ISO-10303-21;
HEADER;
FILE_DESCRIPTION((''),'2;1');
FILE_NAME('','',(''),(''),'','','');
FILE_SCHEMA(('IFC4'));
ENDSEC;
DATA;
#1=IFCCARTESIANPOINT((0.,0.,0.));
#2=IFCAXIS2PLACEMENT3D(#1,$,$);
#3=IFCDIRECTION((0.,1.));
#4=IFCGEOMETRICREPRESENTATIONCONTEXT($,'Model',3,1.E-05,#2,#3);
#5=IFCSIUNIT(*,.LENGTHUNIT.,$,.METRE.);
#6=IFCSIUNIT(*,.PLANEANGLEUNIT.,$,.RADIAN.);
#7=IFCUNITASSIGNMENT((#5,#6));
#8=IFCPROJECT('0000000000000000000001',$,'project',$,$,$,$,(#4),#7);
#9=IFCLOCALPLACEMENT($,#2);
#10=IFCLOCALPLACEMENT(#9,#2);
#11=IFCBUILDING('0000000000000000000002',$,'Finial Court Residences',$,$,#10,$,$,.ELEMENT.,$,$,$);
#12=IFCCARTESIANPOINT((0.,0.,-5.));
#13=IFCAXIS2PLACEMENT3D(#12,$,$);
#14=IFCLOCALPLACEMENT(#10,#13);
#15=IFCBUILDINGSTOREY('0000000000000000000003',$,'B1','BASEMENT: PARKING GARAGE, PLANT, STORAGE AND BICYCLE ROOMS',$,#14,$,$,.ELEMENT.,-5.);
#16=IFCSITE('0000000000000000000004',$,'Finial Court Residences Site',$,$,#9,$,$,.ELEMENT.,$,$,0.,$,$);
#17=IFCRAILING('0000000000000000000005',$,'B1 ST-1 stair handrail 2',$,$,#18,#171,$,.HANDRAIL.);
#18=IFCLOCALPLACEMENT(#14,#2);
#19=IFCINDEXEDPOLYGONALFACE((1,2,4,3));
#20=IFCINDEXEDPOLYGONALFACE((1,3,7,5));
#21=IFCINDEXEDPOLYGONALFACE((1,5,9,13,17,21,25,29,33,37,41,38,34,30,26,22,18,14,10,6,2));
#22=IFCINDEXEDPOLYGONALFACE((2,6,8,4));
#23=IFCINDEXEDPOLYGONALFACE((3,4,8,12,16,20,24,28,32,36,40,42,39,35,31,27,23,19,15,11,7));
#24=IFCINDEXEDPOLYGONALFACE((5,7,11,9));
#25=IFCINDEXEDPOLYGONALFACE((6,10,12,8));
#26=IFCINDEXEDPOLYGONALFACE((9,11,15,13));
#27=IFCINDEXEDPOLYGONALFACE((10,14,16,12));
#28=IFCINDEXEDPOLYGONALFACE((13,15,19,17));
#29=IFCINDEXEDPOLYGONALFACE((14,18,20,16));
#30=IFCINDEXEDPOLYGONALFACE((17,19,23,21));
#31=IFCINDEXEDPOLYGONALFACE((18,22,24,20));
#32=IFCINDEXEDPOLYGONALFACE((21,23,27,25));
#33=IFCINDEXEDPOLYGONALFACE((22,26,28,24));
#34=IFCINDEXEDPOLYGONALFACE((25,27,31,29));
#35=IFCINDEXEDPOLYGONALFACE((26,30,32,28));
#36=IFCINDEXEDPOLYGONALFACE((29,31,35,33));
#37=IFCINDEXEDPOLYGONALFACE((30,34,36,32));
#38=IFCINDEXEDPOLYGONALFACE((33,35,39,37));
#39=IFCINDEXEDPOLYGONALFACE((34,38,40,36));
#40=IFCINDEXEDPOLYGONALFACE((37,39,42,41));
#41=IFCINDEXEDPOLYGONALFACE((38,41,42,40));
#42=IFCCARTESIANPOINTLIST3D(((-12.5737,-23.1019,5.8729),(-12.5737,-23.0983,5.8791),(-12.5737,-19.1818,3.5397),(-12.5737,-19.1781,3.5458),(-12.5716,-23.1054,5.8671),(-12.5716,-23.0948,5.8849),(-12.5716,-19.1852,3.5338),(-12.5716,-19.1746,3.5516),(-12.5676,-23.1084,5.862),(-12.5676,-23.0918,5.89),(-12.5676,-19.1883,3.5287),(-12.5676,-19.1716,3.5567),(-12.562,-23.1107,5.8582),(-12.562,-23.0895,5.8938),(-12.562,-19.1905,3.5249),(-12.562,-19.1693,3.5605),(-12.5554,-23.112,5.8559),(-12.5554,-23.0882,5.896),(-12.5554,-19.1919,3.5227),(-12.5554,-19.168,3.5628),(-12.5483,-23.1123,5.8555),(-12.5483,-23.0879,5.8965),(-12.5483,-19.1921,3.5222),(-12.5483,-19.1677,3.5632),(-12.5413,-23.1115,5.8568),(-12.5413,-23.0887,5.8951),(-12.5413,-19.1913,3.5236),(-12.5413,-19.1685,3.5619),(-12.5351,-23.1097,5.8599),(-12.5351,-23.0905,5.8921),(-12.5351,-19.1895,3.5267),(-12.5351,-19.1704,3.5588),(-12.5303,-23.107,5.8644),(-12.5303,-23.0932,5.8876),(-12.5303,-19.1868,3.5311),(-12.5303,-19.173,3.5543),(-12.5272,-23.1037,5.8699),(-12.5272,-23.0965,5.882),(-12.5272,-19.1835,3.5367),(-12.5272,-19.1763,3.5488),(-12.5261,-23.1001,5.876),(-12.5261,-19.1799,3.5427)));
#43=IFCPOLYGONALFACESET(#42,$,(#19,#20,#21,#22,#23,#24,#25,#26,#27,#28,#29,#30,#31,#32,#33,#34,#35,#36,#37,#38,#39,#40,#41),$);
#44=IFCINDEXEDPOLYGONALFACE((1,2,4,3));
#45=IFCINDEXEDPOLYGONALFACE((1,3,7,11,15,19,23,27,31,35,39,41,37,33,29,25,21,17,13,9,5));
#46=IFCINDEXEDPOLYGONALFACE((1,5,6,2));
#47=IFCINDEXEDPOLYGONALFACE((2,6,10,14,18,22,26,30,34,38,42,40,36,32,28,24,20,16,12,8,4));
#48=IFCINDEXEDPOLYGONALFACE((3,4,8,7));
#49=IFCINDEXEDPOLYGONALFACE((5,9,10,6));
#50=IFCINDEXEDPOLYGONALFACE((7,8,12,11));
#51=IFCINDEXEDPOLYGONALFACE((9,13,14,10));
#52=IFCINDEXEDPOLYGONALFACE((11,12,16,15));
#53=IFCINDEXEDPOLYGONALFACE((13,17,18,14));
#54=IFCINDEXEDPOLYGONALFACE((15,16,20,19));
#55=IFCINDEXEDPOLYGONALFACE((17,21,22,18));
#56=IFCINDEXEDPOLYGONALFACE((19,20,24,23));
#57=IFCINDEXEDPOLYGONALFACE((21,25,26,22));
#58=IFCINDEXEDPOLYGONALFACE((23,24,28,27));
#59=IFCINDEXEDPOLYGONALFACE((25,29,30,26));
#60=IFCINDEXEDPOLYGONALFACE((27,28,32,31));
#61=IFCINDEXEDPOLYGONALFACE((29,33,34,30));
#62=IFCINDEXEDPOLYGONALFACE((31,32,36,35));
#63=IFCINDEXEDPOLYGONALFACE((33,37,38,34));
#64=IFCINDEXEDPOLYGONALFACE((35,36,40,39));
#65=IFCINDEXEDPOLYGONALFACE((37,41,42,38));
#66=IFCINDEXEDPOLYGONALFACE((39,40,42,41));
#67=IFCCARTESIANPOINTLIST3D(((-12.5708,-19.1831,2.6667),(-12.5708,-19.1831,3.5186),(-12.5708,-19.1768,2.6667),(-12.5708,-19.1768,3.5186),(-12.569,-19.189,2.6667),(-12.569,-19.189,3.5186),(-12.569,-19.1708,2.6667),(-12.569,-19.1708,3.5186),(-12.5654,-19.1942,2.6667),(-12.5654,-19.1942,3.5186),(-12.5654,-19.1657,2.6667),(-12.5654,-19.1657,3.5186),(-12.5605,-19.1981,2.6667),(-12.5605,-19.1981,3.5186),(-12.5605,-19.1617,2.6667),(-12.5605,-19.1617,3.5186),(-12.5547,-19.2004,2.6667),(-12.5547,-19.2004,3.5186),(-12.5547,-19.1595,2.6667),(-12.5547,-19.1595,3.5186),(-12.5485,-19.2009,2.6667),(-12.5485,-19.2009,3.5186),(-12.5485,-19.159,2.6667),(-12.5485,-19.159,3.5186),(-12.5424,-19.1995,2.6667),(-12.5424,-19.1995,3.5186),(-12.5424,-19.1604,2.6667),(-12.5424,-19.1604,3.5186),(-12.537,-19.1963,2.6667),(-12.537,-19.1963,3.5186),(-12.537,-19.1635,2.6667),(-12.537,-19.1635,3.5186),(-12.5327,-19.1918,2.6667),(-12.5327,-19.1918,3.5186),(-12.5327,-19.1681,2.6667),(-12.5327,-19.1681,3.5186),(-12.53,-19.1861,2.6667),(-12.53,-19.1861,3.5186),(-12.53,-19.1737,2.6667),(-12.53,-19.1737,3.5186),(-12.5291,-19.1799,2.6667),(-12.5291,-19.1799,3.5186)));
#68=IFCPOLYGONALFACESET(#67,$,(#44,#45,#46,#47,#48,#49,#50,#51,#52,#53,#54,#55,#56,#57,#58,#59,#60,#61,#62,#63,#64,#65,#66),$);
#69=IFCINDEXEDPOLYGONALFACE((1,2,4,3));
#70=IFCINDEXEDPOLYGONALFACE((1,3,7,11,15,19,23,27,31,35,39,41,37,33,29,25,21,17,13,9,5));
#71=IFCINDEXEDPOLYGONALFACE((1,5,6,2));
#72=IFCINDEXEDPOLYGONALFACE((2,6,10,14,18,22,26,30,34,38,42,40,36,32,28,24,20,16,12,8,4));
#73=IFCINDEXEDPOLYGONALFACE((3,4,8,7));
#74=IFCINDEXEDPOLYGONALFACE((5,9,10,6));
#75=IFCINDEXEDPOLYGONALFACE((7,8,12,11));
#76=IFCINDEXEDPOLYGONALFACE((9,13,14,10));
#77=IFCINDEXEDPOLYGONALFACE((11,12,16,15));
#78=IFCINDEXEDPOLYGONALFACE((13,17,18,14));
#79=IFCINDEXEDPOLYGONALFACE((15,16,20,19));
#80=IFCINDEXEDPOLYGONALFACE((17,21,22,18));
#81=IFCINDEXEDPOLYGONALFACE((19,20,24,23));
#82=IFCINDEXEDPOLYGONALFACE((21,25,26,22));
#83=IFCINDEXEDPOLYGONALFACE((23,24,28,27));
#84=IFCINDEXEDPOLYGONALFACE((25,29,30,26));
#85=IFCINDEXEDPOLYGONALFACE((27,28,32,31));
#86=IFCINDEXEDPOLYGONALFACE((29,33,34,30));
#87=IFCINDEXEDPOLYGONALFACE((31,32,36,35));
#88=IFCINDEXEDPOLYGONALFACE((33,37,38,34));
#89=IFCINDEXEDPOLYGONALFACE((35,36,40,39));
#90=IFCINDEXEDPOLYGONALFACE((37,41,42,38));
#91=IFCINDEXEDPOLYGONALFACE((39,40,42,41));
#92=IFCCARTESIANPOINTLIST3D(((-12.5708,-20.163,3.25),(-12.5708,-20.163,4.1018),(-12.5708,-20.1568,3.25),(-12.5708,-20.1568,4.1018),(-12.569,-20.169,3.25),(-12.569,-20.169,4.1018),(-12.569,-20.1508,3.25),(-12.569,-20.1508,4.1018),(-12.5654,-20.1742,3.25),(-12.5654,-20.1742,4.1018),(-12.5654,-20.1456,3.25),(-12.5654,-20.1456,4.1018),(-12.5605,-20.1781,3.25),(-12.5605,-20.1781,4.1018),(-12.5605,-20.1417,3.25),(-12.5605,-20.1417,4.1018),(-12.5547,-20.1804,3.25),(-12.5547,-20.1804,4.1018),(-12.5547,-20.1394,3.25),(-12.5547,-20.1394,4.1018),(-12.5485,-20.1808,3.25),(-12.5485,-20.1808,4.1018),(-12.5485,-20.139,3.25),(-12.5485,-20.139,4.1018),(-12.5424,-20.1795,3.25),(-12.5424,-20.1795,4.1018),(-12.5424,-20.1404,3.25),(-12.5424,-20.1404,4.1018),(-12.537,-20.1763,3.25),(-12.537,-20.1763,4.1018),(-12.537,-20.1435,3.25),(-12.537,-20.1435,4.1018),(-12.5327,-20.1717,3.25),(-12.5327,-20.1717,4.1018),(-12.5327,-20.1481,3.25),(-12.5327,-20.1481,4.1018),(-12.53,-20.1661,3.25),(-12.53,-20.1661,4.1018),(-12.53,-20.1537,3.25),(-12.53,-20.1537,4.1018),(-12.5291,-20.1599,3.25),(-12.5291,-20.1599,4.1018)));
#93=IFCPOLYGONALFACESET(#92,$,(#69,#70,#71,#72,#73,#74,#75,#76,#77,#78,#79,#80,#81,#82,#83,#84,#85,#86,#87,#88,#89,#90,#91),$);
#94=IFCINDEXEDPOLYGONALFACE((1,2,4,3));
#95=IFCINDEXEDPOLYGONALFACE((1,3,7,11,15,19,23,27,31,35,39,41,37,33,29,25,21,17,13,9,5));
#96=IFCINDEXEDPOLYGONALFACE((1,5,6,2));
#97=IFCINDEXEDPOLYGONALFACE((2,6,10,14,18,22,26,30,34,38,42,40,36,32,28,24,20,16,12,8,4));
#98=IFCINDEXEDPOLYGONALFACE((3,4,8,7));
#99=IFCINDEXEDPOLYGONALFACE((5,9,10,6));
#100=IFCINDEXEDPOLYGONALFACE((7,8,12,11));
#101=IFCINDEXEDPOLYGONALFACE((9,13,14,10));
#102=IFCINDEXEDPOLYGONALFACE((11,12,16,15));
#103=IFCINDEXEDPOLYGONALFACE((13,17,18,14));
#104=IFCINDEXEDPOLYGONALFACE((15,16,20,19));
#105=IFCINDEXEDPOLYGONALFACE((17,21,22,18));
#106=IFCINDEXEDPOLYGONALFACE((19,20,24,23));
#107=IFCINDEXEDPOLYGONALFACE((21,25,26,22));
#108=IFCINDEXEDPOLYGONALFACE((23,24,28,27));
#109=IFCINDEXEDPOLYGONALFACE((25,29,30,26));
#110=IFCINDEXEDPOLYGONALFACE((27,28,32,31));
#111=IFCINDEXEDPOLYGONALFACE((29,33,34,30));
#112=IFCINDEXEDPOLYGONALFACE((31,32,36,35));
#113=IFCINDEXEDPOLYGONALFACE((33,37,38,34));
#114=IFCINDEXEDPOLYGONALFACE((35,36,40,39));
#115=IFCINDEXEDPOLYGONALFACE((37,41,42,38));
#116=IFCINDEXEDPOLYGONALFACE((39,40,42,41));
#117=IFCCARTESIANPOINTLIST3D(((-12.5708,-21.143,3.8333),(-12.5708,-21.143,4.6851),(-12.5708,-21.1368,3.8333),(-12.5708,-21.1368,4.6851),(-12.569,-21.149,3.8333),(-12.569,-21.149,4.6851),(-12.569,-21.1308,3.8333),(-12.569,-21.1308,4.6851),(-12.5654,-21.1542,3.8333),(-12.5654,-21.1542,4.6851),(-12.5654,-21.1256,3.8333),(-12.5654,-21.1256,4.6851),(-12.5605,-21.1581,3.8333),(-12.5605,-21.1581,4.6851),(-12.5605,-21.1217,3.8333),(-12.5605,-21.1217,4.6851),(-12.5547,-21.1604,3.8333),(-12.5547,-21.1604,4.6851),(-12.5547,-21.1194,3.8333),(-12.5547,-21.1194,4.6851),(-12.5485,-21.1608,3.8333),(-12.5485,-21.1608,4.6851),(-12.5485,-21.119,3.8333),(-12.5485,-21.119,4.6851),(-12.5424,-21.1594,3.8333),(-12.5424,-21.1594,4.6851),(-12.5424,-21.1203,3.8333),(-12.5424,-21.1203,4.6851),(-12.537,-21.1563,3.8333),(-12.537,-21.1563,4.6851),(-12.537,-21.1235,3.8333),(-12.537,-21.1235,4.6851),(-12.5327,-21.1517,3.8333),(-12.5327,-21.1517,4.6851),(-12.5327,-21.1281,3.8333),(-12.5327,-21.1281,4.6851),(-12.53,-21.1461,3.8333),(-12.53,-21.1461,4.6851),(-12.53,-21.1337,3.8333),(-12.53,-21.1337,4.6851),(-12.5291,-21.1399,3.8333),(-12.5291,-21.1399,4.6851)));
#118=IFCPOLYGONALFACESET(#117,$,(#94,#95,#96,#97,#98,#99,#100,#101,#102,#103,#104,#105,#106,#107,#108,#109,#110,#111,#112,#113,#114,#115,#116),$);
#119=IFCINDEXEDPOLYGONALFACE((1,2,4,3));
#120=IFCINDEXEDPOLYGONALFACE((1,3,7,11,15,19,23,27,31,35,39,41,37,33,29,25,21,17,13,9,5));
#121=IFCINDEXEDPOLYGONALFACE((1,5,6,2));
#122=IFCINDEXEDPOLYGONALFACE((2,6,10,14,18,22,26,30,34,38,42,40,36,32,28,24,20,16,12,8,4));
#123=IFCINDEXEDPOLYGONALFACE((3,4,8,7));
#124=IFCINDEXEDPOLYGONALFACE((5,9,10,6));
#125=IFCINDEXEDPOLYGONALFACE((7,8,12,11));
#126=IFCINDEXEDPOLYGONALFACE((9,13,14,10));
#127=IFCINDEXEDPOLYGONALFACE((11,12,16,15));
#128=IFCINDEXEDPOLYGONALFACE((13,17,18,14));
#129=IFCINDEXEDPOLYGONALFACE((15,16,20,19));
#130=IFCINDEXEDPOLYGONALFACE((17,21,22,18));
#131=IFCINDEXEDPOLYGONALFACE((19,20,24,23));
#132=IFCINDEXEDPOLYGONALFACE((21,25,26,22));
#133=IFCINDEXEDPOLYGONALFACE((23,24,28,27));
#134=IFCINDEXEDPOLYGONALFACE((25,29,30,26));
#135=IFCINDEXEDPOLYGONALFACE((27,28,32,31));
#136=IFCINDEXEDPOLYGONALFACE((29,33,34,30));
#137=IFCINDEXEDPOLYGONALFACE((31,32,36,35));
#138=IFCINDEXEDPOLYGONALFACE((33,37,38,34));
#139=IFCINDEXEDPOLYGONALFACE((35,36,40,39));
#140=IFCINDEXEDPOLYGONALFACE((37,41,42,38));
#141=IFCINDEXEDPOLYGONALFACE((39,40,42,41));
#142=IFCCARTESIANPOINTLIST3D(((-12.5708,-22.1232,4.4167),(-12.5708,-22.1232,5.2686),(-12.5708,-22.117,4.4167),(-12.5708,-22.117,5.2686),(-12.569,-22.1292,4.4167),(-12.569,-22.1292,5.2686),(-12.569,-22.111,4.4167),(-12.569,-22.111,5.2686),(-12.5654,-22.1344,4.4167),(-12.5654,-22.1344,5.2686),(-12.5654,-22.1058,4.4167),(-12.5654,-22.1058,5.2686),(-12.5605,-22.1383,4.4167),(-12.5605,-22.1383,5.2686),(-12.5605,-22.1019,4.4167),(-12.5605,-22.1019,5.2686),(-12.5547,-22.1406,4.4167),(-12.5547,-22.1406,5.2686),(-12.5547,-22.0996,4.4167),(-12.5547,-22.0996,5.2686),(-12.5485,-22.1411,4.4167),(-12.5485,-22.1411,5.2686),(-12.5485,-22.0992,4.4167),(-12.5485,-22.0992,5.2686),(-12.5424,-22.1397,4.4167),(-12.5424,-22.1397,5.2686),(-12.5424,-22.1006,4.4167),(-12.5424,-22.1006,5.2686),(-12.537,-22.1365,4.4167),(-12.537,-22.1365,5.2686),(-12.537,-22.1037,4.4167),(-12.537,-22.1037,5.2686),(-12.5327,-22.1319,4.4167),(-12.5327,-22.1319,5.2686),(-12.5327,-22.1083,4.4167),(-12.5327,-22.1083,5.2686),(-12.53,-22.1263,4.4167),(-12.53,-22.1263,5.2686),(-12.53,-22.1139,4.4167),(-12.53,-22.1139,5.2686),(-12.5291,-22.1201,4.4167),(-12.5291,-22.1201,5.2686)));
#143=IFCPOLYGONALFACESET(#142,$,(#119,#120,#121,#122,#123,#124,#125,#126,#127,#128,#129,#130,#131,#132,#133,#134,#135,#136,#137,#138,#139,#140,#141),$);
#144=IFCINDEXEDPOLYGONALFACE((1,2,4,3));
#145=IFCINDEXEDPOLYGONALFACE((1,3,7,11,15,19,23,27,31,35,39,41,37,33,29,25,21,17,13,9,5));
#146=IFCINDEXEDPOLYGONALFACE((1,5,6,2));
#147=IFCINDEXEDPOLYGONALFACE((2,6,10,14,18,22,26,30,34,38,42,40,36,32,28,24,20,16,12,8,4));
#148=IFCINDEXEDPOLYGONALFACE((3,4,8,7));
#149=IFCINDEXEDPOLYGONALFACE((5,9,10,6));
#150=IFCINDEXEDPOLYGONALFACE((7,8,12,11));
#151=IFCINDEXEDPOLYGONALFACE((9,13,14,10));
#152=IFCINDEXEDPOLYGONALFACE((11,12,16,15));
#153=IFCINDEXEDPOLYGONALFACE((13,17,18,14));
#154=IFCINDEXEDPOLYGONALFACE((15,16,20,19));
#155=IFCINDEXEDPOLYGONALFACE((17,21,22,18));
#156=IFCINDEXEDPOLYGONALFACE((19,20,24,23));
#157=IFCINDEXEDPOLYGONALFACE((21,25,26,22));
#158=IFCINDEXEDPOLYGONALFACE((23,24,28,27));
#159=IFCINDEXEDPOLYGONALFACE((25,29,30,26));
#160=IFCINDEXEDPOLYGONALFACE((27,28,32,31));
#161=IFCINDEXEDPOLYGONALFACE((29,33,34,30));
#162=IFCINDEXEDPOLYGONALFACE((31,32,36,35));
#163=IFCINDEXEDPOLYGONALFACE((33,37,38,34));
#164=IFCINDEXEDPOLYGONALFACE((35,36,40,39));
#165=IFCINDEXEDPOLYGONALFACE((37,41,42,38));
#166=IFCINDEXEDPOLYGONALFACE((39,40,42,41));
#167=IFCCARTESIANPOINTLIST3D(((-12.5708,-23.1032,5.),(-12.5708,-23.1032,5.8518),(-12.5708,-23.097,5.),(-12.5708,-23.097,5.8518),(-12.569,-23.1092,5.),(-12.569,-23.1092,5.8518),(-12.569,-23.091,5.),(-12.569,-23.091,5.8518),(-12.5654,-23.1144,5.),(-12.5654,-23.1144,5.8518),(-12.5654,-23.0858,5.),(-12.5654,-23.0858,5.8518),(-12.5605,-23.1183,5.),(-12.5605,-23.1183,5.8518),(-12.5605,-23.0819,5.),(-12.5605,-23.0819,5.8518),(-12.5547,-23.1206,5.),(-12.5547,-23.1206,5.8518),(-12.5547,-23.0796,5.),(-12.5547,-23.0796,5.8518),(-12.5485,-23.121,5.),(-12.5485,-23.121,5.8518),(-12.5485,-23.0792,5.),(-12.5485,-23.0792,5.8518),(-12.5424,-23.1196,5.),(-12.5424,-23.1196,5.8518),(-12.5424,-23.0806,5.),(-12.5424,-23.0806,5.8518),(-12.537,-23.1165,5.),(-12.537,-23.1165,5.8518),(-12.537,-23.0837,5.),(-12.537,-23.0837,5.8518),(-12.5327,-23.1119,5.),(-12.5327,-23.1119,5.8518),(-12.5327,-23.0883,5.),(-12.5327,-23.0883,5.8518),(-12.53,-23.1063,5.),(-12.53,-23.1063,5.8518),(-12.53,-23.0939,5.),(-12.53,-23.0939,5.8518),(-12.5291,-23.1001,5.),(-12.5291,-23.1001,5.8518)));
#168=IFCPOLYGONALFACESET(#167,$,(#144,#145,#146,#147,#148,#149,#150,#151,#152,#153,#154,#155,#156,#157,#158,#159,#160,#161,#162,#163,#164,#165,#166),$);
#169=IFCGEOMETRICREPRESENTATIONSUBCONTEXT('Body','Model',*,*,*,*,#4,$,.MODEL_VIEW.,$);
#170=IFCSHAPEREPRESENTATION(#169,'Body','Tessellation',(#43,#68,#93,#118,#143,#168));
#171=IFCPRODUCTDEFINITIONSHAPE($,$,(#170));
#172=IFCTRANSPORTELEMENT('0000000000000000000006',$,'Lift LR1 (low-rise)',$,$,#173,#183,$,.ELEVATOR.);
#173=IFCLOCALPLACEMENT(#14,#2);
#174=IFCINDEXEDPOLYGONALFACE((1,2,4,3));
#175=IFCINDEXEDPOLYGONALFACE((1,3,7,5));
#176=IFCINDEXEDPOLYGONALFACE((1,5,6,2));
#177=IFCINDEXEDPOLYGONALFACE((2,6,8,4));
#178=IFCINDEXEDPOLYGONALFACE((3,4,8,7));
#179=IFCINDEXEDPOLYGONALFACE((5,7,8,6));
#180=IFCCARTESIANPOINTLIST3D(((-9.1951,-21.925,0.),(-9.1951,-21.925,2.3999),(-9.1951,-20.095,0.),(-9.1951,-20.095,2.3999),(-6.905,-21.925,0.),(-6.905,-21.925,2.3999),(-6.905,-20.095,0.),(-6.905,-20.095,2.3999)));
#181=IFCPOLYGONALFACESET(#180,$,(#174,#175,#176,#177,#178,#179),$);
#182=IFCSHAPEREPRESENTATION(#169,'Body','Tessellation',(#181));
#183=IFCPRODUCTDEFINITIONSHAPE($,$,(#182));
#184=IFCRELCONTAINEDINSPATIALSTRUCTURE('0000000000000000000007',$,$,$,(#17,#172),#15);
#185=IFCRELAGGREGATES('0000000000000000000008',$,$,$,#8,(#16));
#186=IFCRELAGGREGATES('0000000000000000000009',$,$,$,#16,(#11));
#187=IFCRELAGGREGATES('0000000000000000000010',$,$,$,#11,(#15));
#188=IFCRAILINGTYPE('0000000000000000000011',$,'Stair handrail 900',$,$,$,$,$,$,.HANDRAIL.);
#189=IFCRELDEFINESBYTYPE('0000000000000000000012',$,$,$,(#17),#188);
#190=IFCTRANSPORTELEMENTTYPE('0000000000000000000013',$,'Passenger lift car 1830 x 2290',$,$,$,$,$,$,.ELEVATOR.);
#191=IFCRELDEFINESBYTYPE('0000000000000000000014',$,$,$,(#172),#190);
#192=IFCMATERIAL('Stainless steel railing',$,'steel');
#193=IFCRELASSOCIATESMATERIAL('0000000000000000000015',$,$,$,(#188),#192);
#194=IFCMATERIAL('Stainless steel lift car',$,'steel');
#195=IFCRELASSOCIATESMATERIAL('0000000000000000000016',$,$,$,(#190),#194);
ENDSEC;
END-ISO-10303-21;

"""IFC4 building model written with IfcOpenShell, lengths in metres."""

from ifc_helpers import new_model, si_unit, direction, frame, origin, origin_2d, place, context, subcontext, project, spatial, rectangle, circle, extrude, material, type_object, element, save


model = new_model("IFC4")

# Units and contexts
model_context = context("Model", 3, precision=1e-05, world=origin(), true_north=direction((0.0, 1.0)))
body_context = subcontext(model_context, "Body", "Model", "MODEL_VIEW")
ifc_project = project(units=[si_unit("LENGTHUNIT", "METRE"), si_unit("PLANEANGLEUNIT", "RADIAN")], contexts=[model_context])

# Site, building, storey
site_placement = place(None, origin())
site = spatial("IfcSite", under=ifc_project, at=site_placement, Name="Finial Court Residences Site", CompositionType="ELEMENT", RefElevation=0.0)
building_placement = place(site_placement, origin())
building = spatial("IfcBuilding", under=site, at=building_placement, Name="Finial Court Residences", CompositionType="ELEMENT")
storey_placement = place(building_placement, frame((0.0, 0.0, -5.0)))
storey = spatial("IfcBuildingStorey", under=building, at=storey_placement, Name="B1", Description="BASEMENT: PARKING GARAGE, PLANT, STORAGE AND BICYCLE ROOMS", CompositionType="ELEMENT", Elevation=-5.0)

# Railing
ifc_material_1 = material(Name="Stainless steel railing", Category="steel")
railing_type_1 = type_object("IfcRailingType", Name="Stair handrail 900", PredefinedType="HANDRAIL", material=ifc_material_1)
railing_1_placement = place(storey_placement, frame((-12.55, -19.1799, 2.6667)))
element("IfcRailing", 1, at=railing_1_placement, inside=storey, type_object=railing_type_1, Name="B1 ST-1 stair handrail 2", PredefinedType="HANDRAIL", context=body_context, shape_type="SweptSolid", body=[
    extrude(circle(Radius=0.0239, at=origin_2d()), frame((0.0, 0.0, 0.876), z_axis=(0.0, -0.85931, 0.511455), x_axis=(1.0, 0.0, 0.0)), (0.0, 0.0, 1.0), 4.562),
    extrude(circle(Radius=0.021, at=origin_2d()), origin(), (0.0, 0.0, 1.0), 0.8518),
    extrude(circle(Radius=0.021, at=origin_2d()), frame((0.0, -0.98, 0.5833)), (0.0, 0.0, 1.0), 0.8518),
    extrude(circle(Radius=0.021, at=origin_2d()), frame((0.0, -1.96, 1.1665)), (0.0, 0.0, 1.0), 0.8518),
    extrude(circle(Radius=0.021, at=origin_2d()), frame((0.0, -2.9402, 1.75)), (0.0, 0.0, 1.0), 0.8518),
    extrude(circle(Radius=0.021, at=origin_2d()), frame((0.0, -3.9202, 2.3333)), (0.0, 0.0, 1.0), 0.8518),
])

# Transport element
ifc_material_2 = material(Name="Stainless steel lift car", Category="steel")
transport_element_type = type_object("IfcTransportElementType", Name="Passenger lift car 1830 x 2290", PredefinedType="ELEVATOR", material=ifc_material_2)
transport_element_placement = place(storey_placement, frame((-8.05, -21.01, 0.0), z_axis=(0.0, 0.0, 1.0), x_axis=(1.0, 0.0, 0.0)))
element("IfcTransportElement", 2, at=transport_element_placement, inside=storey, type_object=transport_element_type, Name="Lift LR1 (low-rise)", PredefinedType="ELEVATOR", context=body_context, shape_type="SweptSolid", body=[
    extrude(rectangle(XDim=2.29, YDim=1.8301, at=origin_2d()), origin(), (0.0, 0.0, 1.0), 2.3999),
])

save(model, "model.ifc")
